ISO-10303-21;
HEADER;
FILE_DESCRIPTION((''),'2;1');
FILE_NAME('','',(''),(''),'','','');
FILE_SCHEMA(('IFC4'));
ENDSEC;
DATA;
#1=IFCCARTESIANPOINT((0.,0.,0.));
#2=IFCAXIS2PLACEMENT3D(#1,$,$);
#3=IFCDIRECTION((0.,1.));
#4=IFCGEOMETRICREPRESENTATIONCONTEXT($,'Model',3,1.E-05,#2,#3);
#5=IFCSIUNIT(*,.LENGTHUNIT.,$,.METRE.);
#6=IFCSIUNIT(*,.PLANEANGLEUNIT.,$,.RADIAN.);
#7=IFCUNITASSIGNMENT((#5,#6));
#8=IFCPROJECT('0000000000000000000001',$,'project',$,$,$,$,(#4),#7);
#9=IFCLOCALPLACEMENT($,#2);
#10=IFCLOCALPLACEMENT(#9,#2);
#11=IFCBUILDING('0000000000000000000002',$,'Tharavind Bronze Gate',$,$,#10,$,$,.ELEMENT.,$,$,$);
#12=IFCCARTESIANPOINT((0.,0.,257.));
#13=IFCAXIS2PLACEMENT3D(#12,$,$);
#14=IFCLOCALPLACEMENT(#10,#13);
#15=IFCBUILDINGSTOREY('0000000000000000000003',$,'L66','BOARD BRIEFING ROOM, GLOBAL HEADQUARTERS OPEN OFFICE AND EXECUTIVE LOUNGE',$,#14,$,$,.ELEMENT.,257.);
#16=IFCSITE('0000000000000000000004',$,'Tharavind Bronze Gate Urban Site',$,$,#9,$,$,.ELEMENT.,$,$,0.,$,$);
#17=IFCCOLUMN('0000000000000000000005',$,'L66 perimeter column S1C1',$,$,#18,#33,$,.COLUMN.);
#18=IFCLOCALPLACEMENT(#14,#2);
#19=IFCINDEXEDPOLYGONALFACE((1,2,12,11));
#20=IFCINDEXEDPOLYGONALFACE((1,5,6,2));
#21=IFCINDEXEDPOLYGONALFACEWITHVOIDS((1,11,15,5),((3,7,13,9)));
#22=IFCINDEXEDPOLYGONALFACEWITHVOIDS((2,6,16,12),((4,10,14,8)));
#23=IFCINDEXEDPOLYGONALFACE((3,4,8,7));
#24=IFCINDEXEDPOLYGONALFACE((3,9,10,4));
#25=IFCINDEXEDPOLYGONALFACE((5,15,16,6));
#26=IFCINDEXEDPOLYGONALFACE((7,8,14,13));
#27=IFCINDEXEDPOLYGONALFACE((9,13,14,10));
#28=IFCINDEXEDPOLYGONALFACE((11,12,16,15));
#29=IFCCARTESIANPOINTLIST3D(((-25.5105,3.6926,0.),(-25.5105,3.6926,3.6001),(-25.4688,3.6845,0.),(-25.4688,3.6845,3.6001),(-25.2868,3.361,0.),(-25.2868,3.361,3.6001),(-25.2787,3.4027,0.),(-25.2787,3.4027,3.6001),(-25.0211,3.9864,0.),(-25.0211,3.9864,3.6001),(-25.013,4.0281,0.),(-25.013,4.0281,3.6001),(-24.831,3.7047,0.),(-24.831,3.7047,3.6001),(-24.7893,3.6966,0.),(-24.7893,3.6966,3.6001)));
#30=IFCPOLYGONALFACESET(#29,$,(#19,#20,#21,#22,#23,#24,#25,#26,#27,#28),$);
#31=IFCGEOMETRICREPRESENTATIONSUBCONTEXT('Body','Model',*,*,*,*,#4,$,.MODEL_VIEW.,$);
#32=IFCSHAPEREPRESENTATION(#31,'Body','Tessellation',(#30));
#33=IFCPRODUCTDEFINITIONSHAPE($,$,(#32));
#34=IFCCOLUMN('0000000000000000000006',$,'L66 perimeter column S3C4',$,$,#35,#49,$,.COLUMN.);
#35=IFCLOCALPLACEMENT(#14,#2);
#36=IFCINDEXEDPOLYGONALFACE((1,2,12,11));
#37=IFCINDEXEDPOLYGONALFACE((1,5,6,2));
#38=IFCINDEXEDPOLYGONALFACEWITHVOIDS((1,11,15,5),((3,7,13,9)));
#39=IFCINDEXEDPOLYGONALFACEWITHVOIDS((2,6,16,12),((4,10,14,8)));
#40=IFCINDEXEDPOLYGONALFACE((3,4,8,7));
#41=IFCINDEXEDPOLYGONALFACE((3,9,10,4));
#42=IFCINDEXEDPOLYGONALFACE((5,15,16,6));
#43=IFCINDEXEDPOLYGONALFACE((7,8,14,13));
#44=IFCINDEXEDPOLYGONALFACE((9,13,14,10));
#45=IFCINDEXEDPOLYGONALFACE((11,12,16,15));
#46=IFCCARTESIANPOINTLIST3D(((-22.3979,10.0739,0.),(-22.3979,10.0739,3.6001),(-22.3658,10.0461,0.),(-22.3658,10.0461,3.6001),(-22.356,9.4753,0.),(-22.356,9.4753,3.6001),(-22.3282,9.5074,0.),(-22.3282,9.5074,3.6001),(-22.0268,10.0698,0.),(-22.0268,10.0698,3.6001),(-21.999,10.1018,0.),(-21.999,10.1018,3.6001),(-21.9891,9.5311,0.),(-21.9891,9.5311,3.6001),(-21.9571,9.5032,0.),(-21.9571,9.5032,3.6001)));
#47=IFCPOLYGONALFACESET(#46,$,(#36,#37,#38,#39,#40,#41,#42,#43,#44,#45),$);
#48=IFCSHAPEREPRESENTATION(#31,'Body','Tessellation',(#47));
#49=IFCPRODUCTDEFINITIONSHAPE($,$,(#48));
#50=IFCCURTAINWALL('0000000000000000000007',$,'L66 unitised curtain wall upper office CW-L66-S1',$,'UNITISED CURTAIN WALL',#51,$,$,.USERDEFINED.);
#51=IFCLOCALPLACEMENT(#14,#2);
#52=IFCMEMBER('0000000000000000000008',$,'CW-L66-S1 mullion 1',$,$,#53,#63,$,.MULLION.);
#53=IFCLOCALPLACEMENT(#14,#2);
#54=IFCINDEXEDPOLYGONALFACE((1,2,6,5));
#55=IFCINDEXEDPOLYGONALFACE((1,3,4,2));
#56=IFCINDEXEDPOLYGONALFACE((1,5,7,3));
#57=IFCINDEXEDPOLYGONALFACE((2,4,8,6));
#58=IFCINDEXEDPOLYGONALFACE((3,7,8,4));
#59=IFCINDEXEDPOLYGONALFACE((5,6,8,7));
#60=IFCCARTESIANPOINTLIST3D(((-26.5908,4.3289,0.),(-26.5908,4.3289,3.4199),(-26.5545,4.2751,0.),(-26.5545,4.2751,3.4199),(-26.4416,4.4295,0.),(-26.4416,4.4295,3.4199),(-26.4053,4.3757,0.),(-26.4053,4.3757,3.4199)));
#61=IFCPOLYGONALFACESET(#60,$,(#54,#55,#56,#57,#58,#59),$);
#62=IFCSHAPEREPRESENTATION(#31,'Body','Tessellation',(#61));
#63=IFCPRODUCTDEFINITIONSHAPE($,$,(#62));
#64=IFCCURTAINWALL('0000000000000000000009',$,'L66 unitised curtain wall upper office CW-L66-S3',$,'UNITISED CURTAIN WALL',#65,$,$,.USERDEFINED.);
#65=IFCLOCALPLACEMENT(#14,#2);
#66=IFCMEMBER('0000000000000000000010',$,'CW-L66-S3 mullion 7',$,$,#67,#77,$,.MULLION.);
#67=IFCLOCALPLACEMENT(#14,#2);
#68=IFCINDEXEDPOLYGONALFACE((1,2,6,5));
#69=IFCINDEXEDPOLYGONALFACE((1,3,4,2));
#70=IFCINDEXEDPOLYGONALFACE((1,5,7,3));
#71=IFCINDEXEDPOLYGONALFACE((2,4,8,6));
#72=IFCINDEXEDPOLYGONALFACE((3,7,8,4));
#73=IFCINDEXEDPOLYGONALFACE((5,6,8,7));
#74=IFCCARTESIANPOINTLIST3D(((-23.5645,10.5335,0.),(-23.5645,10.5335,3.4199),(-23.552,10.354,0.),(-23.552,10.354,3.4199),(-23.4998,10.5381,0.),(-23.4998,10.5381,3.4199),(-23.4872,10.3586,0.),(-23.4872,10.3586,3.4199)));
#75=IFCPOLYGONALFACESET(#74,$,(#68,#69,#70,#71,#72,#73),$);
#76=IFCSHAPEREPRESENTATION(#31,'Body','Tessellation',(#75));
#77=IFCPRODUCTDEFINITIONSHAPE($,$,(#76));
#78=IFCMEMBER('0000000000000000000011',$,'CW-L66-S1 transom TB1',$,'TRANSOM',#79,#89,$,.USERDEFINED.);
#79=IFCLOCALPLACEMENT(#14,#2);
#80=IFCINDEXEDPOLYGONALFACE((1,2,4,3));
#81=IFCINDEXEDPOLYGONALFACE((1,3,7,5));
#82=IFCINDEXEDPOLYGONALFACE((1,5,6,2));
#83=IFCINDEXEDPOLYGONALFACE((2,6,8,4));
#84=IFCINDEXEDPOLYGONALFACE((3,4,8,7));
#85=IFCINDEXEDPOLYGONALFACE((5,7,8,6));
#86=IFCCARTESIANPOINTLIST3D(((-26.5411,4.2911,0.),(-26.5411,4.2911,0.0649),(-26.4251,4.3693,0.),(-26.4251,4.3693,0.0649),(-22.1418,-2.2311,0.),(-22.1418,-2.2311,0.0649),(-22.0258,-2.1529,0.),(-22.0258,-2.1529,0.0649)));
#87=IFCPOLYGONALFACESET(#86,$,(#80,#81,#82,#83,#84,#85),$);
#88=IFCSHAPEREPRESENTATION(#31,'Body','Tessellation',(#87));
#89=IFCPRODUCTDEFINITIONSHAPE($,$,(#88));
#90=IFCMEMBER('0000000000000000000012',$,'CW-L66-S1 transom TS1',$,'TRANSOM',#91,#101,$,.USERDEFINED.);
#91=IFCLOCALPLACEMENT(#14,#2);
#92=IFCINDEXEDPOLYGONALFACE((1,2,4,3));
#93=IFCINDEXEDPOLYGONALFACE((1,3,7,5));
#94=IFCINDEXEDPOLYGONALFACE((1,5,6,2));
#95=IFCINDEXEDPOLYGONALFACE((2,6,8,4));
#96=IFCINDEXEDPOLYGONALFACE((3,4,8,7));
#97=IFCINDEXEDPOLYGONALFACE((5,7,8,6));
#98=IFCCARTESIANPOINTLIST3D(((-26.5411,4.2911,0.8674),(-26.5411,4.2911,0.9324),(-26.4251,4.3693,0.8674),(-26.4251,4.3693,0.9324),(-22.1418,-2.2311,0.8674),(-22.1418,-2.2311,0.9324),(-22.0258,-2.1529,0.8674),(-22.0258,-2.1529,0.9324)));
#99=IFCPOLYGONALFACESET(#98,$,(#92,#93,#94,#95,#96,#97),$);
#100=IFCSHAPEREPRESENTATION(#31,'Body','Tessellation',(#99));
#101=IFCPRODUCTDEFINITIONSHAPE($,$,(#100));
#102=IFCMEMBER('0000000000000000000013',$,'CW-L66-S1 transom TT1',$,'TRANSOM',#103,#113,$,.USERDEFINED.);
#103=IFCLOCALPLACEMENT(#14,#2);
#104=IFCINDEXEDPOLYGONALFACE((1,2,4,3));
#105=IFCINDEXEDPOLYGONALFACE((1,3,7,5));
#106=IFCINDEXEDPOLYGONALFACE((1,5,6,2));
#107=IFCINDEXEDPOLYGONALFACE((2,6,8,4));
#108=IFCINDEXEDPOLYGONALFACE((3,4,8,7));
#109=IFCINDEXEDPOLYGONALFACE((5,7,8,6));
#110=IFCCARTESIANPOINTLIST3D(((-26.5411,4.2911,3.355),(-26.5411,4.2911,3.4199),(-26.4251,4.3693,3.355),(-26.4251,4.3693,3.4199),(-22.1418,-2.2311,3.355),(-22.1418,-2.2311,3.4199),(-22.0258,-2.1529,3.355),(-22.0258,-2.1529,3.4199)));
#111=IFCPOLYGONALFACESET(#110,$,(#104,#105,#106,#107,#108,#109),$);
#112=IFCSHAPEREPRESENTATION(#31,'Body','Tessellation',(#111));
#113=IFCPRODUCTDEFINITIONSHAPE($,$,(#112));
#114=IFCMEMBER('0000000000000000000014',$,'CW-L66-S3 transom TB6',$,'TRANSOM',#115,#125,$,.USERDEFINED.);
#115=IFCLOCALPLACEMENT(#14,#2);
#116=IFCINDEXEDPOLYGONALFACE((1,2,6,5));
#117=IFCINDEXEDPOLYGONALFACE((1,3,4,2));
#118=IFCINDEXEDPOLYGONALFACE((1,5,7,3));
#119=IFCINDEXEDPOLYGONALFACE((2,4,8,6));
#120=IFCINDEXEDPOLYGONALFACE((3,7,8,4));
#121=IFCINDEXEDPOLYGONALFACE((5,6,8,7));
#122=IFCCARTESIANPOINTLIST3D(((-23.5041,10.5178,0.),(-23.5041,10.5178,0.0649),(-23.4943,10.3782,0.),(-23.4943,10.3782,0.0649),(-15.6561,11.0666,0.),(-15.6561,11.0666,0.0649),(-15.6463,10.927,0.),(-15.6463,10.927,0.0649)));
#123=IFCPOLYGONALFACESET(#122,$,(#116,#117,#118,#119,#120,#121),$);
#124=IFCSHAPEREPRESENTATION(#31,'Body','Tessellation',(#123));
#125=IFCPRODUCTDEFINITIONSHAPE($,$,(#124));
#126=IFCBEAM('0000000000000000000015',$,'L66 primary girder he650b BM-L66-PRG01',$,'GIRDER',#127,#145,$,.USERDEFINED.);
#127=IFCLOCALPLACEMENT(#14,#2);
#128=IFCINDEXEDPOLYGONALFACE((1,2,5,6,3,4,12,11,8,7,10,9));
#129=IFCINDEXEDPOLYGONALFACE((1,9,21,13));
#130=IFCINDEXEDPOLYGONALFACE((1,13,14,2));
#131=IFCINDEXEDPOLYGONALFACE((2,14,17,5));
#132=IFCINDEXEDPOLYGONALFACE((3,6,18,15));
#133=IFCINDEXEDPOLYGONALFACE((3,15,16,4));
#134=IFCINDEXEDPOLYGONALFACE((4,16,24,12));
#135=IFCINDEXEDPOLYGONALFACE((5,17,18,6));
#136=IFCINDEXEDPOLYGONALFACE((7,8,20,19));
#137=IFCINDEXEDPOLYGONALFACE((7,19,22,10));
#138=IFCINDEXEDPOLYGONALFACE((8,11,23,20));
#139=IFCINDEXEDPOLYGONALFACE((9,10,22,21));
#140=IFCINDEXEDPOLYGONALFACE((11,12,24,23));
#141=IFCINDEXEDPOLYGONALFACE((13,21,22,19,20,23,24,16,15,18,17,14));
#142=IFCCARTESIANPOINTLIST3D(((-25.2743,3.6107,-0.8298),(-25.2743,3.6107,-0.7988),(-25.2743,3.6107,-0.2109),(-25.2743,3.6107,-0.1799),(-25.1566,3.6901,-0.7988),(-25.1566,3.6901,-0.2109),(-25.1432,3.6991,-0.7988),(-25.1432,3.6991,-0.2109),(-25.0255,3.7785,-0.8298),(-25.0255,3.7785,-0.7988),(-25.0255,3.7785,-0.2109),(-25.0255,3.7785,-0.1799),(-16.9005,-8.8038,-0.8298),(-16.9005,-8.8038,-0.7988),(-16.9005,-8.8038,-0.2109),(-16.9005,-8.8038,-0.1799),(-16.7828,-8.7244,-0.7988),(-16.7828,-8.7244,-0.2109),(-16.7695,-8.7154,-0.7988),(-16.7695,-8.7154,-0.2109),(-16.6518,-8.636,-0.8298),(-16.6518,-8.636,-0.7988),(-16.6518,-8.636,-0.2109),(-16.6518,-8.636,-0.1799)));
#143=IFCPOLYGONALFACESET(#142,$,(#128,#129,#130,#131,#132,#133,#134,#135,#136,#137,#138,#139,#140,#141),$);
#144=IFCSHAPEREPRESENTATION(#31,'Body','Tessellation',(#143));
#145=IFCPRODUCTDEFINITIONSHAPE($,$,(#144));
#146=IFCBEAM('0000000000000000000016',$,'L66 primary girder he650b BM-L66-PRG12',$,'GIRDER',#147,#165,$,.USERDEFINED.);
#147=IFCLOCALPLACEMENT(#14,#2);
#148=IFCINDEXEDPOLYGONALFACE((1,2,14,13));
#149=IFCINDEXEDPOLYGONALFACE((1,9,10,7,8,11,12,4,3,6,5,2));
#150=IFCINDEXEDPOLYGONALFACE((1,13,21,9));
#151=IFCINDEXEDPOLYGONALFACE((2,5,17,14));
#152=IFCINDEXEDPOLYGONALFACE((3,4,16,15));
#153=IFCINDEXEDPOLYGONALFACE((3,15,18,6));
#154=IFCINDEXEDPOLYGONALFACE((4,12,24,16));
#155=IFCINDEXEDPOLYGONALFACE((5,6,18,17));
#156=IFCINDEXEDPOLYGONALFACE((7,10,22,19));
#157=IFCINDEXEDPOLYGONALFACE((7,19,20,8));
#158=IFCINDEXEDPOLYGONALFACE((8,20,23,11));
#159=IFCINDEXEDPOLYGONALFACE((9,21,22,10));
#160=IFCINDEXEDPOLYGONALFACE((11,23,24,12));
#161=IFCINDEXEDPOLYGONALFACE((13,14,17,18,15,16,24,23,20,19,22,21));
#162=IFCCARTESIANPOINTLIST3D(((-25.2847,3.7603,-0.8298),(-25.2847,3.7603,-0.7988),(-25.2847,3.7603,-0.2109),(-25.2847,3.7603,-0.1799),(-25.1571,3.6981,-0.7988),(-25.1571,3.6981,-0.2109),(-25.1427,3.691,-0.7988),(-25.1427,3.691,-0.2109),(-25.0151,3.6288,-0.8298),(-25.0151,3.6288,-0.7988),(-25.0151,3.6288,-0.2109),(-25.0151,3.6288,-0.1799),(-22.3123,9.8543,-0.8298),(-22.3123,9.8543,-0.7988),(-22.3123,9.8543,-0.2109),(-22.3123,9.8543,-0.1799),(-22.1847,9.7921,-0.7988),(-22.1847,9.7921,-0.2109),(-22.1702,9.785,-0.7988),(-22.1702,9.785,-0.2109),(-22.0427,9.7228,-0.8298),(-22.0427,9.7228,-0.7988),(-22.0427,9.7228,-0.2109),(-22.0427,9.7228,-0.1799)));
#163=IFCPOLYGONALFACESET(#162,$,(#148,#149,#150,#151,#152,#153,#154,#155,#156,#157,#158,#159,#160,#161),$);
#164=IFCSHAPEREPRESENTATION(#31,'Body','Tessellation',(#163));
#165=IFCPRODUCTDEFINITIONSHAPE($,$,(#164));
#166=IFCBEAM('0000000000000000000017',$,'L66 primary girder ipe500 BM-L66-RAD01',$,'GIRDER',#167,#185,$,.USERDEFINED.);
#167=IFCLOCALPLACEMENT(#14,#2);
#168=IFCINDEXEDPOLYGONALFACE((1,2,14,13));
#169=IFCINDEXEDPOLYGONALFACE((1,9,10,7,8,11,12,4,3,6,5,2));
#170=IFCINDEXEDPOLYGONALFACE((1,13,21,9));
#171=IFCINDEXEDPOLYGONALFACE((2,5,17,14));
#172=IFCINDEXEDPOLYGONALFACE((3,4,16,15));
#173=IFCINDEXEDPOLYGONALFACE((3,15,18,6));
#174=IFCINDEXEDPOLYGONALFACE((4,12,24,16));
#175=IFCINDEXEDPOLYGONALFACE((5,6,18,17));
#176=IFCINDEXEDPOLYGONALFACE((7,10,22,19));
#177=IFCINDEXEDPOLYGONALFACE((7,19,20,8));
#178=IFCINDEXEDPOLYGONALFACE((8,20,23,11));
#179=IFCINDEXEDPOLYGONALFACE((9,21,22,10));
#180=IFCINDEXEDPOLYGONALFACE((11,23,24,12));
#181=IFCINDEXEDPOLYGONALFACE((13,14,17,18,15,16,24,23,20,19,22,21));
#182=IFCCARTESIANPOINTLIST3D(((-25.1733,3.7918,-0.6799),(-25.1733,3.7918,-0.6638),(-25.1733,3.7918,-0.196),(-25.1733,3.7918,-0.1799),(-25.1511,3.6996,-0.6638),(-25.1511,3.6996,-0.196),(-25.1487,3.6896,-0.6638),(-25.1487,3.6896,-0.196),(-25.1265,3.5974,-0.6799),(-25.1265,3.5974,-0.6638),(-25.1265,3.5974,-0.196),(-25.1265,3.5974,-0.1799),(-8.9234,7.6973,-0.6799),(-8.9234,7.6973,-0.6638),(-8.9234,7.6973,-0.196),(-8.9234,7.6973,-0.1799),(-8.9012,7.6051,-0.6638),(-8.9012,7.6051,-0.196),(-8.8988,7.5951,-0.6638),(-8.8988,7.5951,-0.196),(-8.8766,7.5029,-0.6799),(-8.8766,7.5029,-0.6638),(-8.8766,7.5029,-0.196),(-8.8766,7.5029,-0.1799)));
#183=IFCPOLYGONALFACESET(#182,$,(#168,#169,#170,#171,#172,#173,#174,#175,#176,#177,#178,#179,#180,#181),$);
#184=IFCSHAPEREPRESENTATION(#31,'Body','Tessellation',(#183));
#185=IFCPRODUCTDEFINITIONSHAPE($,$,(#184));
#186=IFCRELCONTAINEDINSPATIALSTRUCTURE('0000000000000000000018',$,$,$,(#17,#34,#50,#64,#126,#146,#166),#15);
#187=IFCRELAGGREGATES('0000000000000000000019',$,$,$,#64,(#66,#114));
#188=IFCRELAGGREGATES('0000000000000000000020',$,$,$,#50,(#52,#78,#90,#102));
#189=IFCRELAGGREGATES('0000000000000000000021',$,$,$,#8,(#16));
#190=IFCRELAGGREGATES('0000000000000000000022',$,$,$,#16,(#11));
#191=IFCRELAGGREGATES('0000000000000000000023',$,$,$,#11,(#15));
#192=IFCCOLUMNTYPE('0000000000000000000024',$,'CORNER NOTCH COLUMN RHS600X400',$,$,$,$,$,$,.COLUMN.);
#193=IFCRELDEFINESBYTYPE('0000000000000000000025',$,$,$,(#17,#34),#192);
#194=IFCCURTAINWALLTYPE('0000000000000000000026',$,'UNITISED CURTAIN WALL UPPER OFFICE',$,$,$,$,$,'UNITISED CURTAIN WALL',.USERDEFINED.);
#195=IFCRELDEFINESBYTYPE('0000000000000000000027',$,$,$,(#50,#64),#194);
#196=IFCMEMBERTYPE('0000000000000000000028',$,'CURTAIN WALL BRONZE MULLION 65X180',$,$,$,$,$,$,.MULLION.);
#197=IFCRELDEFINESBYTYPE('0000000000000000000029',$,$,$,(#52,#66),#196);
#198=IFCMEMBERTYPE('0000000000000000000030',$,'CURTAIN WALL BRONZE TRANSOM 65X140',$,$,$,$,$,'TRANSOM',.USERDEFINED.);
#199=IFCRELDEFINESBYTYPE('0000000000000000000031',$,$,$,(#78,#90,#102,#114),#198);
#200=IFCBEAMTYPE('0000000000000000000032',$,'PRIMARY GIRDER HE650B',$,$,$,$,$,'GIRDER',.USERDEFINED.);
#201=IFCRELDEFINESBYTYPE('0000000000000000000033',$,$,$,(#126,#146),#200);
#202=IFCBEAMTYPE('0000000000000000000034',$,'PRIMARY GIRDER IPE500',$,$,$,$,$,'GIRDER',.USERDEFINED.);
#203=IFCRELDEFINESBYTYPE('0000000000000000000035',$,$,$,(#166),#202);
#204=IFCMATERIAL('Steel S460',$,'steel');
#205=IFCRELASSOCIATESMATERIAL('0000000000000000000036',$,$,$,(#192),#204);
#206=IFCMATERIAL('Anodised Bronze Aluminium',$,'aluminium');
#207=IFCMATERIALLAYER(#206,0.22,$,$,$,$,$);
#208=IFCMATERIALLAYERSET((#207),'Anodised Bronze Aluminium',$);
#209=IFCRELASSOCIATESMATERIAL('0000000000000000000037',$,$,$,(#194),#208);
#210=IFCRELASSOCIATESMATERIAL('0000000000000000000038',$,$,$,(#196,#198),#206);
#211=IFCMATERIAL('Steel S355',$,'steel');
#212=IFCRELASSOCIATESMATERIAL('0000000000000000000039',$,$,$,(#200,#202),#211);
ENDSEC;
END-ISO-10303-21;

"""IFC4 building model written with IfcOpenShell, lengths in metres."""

from ifc_helpers import new_model, si_unit, direction, frame, origin, origin_2d, place, context, subcontext, project, spatial, rectangle, hollow_rectangle, i_section, extrude, material, layer, layer_set, material_profile, profile_set, type_object, element, aggregate, save


model = new_model("IFC4")

# Units and contexts
model_context = context("Model", 3, precision=1e-05, world=origin(), true_north=direction((0.0, 1.0)))
body_context = subcontext(model_context, "Body", "Model", "MODEL_VIEW")
ifc_project = project(units=[si_unit("LENGTHUNIT", "METRE"), si_unit("PLANEANGLEUNIT", "RADIAN")], contexts=[model_context])

# Site, building, storey
site_placement = place(None, origin())
site = spatial("IfcSite", under=ifc_project, at=site_placement, Name="Tharavind Bronze Gate Urban Site", CompositionType="ELEMENT", RefElevation=0.0)
building_placement = place(site_placement, origin())
building = spatial("IfcBuilding", under=site, at=building_placement, Name="Tharavind Bronze Gate", CompositionType="ELEMENT")
storey_placement = place(building_placement, frame((0.0, 0.0, 257.0)))
storey = spatial("IfcBuildingStorey", under=building, at=storey_placement, Name="L66", Description="BOARD BRIEFING ROOM, GLOBAL HEADQUARTERS OPEN OFFICE AND EXECUTIVE LOUNGE", CompositionType="ELEMENT", Elevation=257.0)

# Columns
ifc_material_1 = material(Name="Steel S460", Category="steel")
ifc_material_profile_1 = material_profile(ifc_material_1, hollow_rectangle(XDim=0.3999, YDim=0.6001, WallThickness=0.03, at=origin_2d()), Name="RHS600X400X30")
ifc_profile_set_1 = profile_set([ifc_material_profile_1], Name="Steel S460")
column_type = type_object("IfcColumnType", Name="CORNER NOTCH COLUMN RHS600X400", PredefinedType="COLUMN", material=ifc_profile_set_1)
for number, where, z_axis, x_axis, name in (
    (1, (-25.1499, 3.6946, 0.0), (0.0, 0.0, 1.0), (-0.559193, 0.829038, 0.0), "L66 perimeter column S1C1"),
    (2, (-22.1775, 9.7886, 0.0), (0.0, 0.0, 1.0), (0.997564, 0.069758, 0.0), "L66 perimeter column S3C4"),
):
    element("IfcColumn", number, at=place(storey_placement, frame(where, z_axis=z_axis, x_axis=x_axis)), inside=storey, type_object=column_type, Name=name, PredefinedType="COLUMN", context=body_context, shape_type="SweptSolid", body=[
        extrude(hollow_rectangle(XDim=0.3999, YDim=0.6001, WallThickness=0.03, at=origin_2d()), origin(), (0.0, 0.0, 1.0), 3.6001),
    ])

# Curtain walls, members
ifc_material_2 = material(Name="Anodised Bronze Aluminium", Category="aluminium")
ifc_layer_1 = layer(ifc_material_2, 0.22)
ifc_layer_set_1 = layer_set([ifc_layer_1], Name="Anodised Bronze Aluminium")
curtain_wall_type = type_object("IfcCurtainWallType", Name="UNITISED CURTAIN WALL UPPER OFFICE", ElementType="UNITISED CURTAIN WALL", PredefinedType="USERDEFINED", material=ifc_layer_set_1)
curtain_wall_1_placement = place(storey_placement, origin())
curtain_wall_1 = element("IfcCurtainWall", 3, at=curtain_wall_1_placement, inside=storey, type_object=curtain_wall_type, Name="L66 unitised curtain wall upper office CW-L66-S1", ObjectType="UNITISED CURTAIN WALL", PredefinedType="USERDEFINED")
member_type_1 = type_object("IfcMemberType", Name="CURTAIN WALL BRONZE MULLION 65X180", PredefinedType="MULLION", material=ifc_material_2)
member_1_placement = place(storey_placement, frame((-26.498, 4.3523, 0.0), z_axis=(0.0, 0.0, 1.0), x_axis=(0.559191, -0.829039, 0.0)))
member_1 = element("IfcMember", 4, at=member_1_placement, type_object=member_type_1, Name="CW-L66-S1 mullion 1", PredefinedType="MULLION", context=body_context, shape_type="SweptSolid", body=[
    extrude(rectangle(XDim=0.0649, YDim=0.1799, at=origin_2d()), origin(), (0.0, 0.0, 1.0), 3.4199),
])
curtain_wall_2_placement = place(storey_placement, origin())
curtain_wall_2 = element("IfcCurtainWall", 5, at=curtain_wall_2_placement, inside=storey, type_object=curtain_wall_type, Name="L66 unitised curtain wall upper office CW-L66-S3", ObjectType="UNITISED CURTAIN WALL", PredefinedType="USERDEFINED")
member_2_placement = place(storey_placement, frame((-23.5259, 10.446, 0.0), z_axis=(0.0, 0.0, 1.0), x_axis=(-0.997564, -0.06976, 0.0)))
member_2 = element("IfcMember", 6, at=member_2_placement, type_object=member_type_1, Name="CW-L66-S3 mullion 7", PredefinedType="MULLION", context=body_context, shape_type="SweptSolid", body=[
    extrude(rectangle(XDim=0.0649, YDim=0.1799, at=origin_2d()), origin(), (0.0, 0.0, 1.0), 3.4199),
])

# Members
member_type_2 = type_object("IfcMemberType", Name="CURTAIN WALL BRONZE TRANSOM 65X140", ElementType="TRANSOM", PredefinedType="USERDEFINED", material=ifc_material_2)
member_3_placement = place(storey_placement, frame((-24.2834, 1.0691, 0.0), z_axis=(0.0, 0.0, 1.0), x_axis=(0.559191, -0.829039, 0.0)))
member_3 = element("IfcMember", 7, at=member_3_placement, type_object=member_type_2, Name="CW-L66-S1 transom TB1", ObjectType="TRANSOM", PredefinedType="USERDEFINED", context=body_context, shape_type="SweptSolid", body=[
    extrude(rectangle(XDim=7.8672, YDim=0.1399, at=origin_2d()), origin(), (0.0, 0.0, 1.0), 0.0649),
])
member_4_placement = place(storey_placement, frame((-24.2834, 1.0691, 0.8674), z_axis=(0.0, 0.0, 1.0), x_axis=(0.559191, -0.829039, 0.0)))
member_4 = element("IfcMember", 8, at=member_4_placement, type_object=member_type_2, Name="CW-L66-S1 transom TS1", ObjectType="TRANSOM", PredefinedType="USERDEFINED", context=body_context, shape_type="SweptSolid", body=[
    extrude(rectangle(XDim=7.8672, YDim=0.1399, at=origin_2d()), origin(), (0.0, 0.0, 1.0), 0.0649),
])
member_5_placement = place(storey_placement, frame((-24.2834, 1.0691, 3.355), z_axis=(0.0, 0.0, 1.0), x_axis=(0.559191, -0.829039, 0.0)))
member_5 = element("IfcMember", 9, at=member_5_placement, type_object=member_type_2, Name="CW-L66-S1 transom TT1", ObjectType="TRANSOM", PredefinedType="USERDEFINED", context=body_context, shape_type="SweptSolid", body=[
    extrude(rectangle(XDim=7.8672, YDim=0.1399, at=origin_2d()), origin(), (0.0, 0.0, 1.0), 0.0649),
])
member_6_placement = place(storey_placement, frame((-19.5752, 10.7224, 0.0), z_axis=(0.0, 0.0, 1.0), x_axis=(-0.997564, -0.06976, 0.0)))
member_6 = element("IfcMember", 10, at=member_6_placement, type_object=member_type_2, Name="CW-L66-S3 transom TB6", ObjectType="TRANSOM", PredefinedType="USERDEFINED", context=body_context, shape_type="SweptSolid", body=[
    extrude(rectangle(XDim=7.8672, YDim=0.1399, at=origin_2d()), origin(), (0.0, 0.0, 1.0), 0.0649),
])
aggregate(curtain_wall_2, [member_2, member_6])

# Beams
ifc_material_3 = material(Name="Steel S355", Category="steel")
ifc_material_profile_2 = material_profile(ifc_material_3, i_section(OverallWidth=0.3, OverallDepth=0.6499, WebThickness=0.0161, FlangeThickness=0.031, at=origin_2d()), Name="HE650B")
ifc_profile_set_2 = profile_set([ifc_material_profile_2], Name="Steel S355")
beam_type_1 = type_object("IfcBeamType", Name="PRIMARY GIRDER HE650B", ElementType="GIRDER", PredefinedType="USERDEFINED", material=ifc_profile_set_2)
beam_1_placement = place(storey_placement, frame((-25.1499, 3.6946, -0.5049), z_axis=(0.559196, -0.829036, 0.0), x_axis=(0.829036, 0.559196, 0.0)))
element("IfcBeam", 11, at=beam_1_placement, inside=storey, type_object=beam_type_1, Name="L66 primary girder he650b BM-L66-PRG01", ObjectType="GIRDER", PredefinedType="USERDEFINED", context=body_context, shape_type="SweptSolid", body=[
    extrude(i_section(OverallWidth=0.3, OverallDepth=0.6499, WebThickness=0.0161, FlangeThickness=0.031, at=origin_2d()), origin(), (0.0, 0.0, 1.0), 14.9746),
])
beam_2_placement = place(storey_placement, frame((-22.1775, 9.7886, -0.5049), z_axis=(-0.438392, -0.898784, 0.0), x_axis=(0.898784, -0.438392, 0.0)))
element("IfcBeam", 12, at=beam_2_placement, inside=storey, type_object=beam_type_1, Name="L66 primary girder he650b BM-L66-PRG12", ObjectType="GIRDER", PredefinedType="USERDEFINED", context=body_context, shape_type="SweptSolid", body=[
    extrude(i_section(OverallWidth=0.3, OverallDepth=0.6499, WebThickness=0.0161, FlangeThickness=0.031, at=origin_2d()), origin(), (0.0, 0.0, 1.0), 6.7803),
])
ifc_material_profile_3 = material_profile(ifc_material_3, i_section(OverallWidth=0.2, OverallDepth=0.5, WebThickness=0.0103, FlangeThickness=0.0161, at=origin_2d()), Name="IPE500")
ifc_profile_set_3 = profile_set([ifc_material_profile_3], Name="Steel S355")
beam_type_2 = type_object("IfcBeamType", Name="PRIMARY GIRDER IPE500", ElementType="GIRDER", PredefinedType="USERDEFINED", material=ifc_profile_set_3)
beam_3_placement = place(storey_placement, frame((-25.1499, 3.6946, -0.4299), z_axis=(0.972312, 0.233685, 0.0), x_axis=(-0.233685, 0.972312, 0.0)))
element("IfcBeam", 13, at=beam_3_placement, inside=storey, type_object=beam_type_2, Name="L66 primary girder ipe500 BM-L66-RAD01", ObjectType="GIRDER", PredefinedType="USERDEFINED", context=body_context, shape_type="SweptSolid", body=[
    extrude(i_section(OverallWidth=0.2, OverallDepth=0.5, WebThickness=0.0103, FlangeThickness=0.0161, at=origin_2d()), origin(), (0.0, 0.0, 1.0), 16.7126),
])

aggregate(curtain_wall_1, [member_1, member_3, member_4, member_5])

save(model, "model.ifc")
